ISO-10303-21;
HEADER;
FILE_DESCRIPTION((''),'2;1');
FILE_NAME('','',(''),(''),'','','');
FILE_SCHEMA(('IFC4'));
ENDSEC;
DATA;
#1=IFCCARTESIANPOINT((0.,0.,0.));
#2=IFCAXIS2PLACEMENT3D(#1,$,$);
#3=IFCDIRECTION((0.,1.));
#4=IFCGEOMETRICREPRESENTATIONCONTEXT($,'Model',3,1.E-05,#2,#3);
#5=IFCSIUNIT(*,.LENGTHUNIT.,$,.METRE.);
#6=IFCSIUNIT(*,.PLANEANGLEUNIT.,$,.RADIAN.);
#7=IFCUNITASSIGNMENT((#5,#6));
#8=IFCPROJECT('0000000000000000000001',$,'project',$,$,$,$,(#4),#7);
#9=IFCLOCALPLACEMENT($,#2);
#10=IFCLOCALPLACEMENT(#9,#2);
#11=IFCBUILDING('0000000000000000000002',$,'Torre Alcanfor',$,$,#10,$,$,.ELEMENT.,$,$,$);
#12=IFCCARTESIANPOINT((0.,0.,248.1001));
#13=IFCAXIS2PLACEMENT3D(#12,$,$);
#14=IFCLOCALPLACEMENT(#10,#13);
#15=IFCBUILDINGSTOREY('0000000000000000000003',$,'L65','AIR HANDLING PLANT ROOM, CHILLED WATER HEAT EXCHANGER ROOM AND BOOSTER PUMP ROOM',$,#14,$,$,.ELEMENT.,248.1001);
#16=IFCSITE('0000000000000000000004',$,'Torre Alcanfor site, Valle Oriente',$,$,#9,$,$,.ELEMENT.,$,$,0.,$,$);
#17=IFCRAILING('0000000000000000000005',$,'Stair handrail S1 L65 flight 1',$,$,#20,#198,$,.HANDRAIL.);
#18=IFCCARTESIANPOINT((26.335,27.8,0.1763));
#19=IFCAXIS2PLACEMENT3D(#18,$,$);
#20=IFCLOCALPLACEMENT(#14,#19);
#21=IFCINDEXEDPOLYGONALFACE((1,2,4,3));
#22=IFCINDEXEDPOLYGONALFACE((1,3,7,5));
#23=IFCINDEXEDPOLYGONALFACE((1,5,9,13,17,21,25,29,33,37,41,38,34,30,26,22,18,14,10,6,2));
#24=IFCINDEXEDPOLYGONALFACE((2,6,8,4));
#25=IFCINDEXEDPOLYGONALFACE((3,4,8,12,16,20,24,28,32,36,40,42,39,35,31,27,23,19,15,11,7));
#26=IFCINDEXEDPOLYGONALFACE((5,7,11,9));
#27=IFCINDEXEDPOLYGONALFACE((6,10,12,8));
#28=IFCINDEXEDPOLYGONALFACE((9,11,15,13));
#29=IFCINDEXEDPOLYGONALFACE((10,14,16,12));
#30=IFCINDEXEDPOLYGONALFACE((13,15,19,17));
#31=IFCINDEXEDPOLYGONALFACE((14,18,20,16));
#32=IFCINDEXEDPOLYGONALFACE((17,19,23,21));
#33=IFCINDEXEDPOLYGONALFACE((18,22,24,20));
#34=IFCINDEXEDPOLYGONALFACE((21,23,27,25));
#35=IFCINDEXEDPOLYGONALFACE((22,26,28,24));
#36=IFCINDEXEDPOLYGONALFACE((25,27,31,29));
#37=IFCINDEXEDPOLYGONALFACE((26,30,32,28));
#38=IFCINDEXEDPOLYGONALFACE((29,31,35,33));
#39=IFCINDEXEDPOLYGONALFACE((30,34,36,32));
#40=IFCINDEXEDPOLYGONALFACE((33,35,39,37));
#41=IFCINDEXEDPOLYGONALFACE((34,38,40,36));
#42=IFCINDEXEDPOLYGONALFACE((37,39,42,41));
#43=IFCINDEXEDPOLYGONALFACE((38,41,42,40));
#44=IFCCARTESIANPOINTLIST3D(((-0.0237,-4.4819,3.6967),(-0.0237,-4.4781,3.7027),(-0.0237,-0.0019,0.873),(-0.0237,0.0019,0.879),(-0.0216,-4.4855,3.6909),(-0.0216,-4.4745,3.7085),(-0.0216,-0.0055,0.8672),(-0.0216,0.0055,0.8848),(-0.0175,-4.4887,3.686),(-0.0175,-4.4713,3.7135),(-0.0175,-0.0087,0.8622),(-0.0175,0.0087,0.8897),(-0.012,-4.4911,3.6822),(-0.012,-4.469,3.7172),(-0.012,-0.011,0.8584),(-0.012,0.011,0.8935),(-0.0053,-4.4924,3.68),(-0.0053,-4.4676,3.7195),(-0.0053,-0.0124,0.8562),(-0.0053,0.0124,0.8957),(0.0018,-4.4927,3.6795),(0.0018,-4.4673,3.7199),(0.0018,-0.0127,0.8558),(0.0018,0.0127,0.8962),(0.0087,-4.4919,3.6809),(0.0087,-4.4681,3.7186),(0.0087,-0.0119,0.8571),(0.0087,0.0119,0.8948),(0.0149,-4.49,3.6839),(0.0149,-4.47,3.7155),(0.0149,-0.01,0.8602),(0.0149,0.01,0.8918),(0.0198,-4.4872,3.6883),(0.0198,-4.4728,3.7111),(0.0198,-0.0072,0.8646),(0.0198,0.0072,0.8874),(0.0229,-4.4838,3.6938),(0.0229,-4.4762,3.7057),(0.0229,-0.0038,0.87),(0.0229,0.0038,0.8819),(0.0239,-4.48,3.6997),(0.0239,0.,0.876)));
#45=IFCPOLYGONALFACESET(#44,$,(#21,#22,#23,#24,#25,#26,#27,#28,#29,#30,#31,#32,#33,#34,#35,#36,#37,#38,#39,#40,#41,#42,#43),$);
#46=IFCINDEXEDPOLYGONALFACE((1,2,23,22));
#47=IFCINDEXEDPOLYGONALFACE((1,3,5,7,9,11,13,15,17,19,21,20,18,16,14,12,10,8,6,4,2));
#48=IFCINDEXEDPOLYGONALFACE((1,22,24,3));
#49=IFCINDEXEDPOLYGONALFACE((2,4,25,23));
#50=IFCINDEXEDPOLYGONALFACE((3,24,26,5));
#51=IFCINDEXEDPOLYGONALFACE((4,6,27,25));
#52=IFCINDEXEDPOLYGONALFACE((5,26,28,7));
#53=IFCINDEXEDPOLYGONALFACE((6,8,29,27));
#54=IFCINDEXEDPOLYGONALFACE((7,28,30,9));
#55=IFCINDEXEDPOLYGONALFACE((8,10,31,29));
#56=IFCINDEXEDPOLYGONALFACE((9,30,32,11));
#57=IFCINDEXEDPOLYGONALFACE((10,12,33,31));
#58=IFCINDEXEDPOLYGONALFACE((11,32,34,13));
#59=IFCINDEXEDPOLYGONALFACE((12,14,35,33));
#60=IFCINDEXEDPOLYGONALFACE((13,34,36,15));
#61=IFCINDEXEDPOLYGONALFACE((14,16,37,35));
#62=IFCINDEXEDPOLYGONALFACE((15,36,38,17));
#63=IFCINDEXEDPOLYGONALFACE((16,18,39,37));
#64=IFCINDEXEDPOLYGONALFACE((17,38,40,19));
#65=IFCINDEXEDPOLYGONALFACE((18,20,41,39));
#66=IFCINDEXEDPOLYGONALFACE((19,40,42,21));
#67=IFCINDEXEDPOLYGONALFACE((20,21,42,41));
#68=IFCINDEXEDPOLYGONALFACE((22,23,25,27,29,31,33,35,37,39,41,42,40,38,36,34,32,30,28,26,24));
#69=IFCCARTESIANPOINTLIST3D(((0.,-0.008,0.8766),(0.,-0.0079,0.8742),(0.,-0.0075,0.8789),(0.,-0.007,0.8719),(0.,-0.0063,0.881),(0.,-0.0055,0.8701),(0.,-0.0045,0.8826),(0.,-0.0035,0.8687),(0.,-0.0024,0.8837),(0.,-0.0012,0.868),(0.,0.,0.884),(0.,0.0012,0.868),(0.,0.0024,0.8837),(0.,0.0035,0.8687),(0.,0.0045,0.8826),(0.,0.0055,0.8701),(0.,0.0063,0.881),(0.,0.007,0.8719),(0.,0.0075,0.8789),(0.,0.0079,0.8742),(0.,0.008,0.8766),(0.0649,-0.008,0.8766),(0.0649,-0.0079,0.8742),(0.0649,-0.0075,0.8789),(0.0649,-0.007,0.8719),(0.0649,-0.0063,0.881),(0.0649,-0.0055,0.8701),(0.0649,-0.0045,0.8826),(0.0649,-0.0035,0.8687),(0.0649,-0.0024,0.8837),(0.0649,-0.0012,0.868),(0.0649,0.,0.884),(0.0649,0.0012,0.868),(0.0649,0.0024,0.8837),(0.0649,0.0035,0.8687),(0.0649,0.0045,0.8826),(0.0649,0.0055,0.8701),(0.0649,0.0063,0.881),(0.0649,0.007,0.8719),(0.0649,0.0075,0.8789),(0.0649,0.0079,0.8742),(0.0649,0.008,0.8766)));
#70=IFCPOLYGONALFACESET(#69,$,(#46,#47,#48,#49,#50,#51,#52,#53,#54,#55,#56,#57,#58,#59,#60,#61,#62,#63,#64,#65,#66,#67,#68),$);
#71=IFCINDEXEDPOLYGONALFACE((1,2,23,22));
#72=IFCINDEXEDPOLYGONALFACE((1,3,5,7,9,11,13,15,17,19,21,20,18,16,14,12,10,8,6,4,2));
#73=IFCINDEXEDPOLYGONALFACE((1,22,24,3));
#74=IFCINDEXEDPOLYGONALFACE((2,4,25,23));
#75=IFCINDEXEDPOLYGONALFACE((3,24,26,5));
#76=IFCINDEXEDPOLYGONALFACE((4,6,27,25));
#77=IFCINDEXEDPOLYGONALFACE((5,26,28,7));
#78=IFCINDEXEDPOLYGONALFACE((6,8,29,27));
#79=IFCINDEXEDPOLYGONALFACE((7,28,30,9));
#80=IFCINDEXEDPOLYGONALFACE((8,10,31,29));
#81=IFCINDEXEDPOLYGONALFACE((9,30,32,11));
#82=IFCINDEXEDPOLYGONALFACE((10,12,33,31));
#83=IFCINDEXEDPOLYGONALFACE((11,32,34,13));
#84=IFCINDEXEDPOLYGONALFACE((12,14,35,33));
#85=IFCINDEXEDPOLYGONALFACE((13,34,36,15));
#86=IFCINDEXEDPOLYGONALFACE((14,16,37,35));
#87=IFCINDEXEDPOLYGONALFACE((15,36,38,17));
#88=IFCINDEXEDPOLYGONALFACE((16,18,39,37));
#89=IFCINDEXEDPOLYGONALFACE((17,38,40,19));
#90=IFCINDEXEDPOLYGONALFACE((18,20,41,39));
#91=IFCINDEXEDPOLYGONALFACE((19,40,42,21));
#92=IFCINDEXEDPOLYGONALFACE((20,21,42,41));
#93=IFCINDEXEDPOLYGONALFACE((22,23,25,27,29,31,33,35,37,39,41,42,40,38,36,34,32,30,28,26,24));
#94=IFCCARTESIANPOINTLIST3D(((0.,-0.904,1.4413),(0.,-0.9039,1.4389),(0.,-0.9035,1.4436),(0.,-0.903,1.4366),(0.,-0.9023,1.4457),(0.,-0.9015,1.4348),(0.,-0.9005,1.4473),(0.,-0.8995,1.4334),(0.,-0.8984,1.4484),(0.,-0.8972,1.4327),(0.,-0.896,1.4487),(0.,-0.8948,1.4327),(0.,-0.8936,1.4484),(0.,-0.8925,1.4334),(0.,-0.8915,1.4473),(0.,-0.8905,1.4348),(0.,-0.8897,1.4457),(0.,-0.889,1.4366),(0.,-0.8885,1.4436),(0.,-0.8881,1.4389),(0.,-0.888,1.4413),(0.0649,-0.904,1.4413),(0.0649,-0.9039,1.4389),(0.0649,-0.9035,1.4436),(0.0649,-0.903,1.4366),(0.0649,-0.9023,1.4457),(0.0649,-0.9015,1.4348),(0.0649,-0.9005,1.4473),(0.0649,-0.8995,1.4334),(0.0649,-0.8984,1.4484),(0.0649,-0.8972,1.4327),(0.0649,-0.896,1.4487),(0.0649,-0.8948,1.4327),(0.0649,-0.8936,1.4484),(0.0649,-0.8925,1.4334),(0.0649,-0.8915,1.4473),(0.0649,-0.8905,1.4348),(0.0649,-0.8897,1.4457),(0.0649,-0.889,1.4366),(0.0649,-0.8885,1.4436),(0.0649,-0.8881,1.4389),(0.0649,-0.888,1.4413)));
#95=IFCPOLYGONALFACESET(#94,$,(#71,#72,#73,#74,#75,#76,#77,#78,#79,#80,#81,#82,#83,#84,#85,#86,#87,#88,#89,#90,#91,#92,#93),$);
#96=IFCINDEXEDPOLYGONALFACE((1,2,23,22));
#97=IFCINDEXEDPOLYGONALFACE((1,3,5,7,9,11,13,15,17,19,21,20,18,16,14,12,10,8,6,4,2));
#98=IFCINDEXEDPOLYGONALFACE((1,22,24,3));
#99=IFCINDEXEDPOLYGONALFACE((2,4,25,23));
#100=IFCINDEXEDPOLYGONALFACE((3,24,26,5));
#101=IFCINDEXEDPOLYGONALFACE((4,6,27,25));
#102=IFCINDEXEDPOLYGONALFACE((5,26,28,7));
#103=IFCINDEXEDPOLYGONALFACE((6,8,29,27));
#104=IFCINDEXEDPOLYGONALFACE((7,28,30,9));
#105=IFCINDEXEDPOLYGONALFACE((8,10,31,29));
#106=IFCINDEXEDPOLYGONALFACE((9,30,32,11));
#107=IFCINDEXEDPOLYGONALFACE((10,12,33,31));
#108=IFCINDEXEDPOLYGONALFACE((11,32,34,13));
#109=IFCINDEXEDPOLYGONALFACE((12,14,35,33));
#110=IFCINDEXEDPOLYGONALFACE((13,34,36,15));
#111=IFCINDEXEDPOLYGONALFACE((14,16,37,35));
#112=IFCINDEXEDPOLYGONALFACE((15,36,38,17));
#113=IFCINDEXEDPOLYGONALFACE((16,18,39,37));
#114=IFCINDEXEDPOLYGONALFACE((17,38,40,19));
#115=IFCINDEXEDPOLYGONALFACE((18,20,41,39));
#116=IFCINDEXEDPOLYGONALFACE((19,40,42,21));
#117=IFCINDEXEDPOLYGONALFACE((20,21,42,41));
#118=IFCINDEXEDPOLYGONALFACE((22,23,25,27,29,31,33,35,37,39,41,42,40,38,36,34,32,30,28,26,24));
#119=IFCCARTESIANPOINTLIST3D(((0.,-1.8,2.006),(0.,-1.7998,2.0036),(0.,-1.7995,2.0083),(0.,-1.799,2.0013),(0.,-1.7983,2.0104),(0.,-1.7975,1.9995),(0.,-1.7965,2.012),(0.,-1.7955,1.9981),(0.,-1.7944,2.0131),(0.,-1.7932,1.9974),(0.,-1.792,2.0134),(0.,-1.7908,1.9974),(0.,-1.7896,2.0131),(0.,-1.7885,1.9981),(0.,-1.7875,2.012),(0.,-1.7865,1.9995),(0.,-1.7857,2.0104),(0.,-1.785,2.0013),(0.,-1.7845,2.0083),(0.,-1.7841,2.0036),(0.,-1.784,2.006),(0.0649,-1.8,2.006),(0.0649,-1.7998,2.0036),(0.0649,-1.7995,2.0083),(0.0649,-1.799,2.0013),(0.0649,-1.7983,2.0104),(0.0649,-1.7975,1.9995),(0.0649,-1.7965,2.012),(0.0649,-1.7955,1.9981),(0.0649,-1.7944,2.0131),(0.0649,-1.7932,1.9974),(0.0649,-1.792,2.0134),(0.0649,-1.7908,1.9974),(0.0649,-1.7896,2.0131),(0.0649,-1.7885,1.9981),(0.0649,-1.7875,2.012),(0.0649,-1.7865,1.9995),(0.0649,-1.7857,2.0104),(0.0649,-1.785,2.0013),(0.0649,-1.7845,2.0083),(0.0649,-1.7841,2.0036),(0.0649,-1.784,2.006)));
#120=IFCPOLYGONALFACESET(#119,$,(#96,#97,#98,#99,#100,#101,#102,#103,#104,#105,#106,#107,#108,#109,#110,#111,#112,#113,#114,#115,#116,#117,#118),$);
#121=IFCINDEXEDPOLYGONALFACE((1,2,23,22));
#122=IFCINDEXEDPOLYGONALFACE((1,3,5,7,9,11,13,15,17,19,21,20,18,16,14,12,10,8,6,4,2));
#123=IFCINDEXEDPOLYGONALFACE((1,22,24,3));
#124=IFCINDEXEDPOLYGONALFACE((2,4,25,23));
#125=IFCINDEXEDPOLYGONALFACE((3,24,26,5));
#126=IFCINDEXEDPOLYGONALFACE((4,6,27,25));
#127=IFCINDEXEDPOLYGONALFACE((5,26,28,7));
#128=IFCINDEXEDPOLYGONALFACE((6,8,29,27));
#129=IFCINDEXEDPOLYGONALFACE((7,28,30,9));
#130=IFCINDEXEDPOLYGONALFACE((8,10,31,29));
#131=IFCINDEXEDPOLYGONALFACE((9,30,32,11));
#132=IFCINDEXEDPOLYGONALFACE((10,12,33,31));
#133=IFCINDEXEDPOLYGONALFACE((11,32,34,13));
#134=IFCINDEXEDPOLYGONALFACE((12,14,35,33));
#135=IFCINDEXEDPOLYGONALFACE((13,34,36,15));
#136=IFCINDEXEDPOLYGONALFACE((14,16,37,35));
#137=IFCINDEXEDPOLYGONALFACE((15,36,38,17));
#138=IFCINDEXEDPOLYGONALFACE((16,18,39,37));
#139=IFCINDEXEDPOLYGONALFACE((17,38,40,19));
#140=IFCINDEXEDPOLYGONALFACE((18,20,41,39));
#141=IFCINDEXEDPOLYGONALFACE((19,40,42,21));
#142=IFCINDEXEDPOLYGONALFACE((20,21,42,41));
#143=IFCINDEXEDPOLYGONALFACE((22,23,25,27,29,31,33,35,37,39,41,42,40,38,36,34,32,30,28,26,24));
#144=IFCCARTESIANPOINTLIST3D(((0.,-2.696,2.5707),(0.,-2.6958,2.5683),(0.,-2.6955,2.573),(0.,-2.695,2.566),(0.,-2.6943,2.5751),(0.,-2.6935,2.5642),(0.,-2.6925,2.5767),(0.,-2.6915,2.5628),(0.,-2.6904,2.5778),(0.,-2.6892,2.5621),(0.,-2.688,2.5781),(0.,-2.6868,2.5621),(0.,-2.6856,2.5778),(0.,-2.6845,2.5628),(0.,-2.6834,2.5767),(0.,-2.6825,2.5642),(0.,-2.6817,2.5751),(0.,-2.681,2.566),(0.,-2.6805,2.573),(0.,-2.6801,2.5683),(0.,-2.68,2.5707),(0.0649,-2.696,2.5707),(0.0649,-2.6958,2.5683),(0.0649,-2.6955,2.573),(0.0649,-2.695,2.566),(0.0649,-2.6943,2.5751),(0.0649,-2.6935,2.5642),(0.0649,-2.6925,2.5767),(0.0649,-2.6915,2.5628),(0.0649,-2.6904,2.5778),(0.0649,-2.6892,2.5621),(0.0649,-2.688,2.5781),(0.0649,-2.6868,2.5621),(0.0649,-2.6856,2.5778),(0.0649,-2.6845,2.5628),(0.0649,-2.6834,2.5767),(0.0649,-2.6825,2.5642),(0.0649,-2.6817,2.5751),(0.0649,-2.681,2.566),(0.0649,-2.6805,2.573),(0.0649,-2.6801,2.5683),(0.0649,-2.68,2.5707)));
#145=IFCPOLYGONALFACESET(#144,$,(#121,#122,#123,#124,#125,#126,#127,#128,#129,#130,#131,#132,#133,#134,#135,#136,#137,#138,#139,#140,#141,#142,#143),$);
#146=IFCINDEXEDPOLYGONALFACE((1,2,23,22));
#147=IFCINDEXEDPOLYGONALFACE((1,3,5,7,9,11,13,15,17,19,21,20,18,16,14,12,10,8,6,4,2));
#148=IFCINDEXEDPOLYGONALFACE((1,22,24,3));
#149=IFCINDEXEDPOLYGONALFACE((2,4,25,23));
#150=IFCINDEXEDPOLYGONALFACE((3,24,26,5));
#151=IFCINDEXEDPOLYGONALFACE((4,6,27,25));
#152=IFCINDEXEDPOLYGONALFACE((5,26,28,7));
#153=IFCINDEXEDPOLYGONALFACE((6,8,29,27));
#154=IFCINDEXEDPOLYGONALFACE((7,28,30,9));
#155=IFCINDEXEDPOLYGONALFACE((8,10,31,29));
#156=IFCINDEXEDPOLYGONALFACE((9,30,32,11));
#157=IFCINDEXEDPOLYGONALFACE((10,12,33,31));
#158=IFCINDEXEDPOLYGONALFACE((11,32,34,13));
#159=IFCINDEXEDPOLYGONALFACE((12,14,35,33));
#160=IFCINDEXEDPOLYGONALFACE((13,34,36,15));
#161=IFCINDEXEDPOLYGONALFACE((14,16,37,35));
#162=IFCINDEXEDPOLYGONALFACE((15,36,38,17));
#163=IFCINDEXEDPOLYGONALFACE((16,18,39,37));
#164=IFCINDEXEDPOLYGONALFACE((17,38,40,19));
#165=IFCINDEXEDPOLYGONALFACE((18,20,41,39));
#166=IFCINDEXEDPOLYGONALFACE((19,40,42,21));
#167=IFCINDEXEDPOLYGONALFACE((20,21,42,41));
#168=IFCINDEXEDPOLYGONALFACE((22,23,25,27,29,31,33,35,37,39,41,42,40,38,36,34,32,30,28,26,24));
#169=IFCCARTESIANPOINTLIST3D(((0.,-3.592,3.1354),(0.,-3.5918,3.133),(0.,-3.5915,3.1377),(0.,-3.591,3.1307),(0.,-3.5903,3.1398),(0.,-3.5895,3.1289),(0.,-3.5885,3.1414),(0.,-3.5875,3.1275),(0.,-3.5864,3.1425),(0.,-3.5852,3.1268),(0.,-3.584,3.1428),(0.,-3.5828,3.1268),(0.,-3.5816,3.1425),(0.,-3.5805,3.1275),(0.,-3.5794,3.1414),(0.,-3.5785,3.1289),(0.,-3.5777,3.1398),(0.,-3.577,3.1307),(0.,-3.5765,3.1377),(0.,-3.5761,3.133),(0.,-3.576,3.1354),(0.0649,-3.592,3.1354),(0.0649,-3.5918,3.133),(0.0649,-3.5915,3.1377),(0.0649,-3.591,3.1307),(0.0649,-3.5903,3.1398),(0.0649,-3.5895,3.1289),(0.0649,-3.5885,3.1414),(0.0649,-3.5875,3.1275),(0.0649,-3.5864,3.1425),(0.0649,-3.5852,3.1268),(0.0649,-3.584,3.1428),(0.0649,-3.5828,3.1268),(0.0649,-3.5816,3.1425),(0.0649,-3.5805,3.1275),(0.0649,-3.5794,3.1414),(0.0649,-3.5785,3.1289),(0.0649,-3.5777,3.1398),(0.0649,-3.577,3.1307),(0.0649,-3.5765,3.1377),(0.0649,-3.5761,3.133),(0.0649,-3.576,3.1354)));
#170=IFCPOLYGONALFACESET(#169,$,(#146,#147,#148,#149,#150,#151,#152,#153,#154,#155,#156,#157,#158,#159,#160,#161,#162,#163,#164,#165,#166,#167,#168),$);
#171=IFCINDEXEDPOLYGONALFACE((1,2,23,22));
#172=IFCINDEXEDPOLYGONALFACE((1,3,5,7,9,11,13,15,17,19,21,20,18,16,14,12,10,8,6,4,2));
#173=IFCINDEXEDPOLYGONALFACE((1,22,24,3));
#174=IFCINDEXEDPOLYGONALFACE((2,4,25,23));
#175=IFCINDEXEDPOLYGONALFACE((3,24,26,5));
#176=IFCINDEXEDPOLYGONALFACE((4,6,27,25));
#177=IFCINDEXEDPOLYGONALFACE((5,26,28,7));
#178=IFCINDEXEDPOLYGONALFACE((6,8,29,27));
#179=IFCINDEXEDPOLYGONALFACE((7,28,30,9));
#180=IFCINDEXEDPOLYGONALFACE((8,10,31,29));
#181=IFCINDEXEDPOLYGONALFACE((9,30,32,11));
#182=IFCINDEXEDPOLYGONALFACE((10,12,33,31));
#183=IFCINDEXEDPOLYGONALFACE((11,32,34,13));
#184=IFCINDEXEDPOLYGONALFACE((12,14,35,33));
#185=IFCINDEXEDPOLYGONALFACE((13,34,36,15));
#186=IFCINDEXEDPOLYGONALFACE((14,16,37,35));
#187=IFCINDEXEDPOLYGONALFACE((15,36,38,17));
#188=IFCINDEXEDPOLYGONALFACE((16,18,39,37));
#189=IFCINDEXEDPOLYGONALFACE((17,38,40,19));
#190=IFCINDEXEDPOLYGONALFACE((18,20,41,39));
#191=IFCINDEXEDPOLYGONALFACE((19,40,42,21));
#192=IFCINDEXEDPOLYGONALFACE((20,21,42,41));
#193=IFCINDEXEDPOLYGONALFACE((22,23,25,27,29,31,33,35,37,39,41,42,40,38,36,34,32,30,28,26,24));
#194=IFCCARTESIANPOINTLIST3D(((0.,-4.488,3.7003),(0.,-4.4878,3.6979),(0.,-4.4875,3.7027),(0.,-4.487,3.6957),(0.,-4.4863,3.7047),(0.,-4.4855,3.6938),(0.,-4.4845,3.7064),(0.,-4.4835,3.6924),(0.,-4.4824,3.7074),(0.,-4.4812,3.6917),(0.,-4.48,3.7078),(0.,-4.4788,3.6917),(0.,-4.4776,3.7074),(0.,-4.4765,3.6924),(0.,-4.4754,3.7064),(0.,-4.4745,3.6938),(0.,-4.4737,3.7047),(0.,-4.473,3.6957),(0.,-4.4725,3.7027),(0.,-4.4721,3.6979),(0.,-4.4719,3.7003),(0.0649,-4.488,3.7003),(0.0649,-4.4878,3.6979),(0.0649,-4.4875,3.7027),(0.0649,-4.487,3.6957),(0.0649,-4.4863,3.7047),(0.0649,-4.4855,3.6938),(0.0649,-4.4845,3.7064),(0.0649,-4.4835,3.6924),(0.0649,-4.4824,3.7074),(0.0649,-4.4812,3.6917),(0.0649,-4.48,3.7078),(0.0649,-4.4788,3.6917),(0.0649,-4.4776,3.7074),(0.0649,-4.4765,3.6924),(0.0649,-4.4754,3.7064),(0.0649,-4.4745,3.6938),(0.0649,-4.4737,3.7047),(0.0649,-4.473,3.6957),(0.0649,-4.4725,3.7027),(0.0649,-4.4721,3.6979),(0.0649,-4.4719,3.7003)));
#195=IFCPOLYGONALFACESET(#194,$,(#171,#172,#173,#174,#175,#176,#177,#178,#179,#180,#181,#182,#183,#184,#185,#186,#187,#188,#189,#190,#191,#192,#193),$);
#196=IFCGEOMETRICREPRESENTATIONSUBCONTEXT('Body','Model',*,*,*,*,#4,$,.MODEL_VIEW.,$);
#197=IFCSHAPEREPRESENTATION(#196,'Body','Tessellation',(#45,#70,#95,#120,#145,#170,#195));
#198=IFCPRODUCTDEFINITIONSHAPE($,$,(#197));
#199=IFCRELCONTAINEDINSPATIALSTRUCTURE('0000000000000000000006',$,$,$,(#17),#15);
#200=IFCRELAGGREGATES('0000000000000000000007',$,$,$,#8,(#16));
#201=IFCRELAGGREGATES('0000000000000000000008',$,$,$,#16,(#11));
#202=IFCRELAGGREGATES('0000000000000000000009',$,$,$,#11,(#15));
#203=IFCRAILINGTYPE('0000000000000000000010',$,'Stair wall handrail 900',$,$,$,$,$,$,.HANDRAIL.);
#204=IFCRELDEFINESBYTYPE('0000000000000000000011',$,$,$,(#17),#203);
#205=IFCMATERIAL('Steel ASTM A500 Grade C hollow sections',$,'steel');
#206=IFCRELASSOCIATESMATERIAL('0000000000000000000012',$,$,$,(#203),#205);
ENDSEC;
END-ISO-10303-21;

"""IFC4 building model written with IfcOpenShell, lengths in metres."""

from ifc_helpers import new_model, si_unit, direction, frame, origin, origin_2d, place, context, subcontext, project, spatial, circle, extrude, material, type_object, element, save


model = new_model("IFC4")

# Units and contexts
model_context = context("Model", 3, precision=1e-05, world=origin(), true_north=direction((0.0, 1.0)))
body_context = subcontext(model_context, "Body", "Model", "MODEL_VIEW")
ifc_project = project(units=[si_unit("LENGTHUNIT", "METRE"), si_unit("PLANEANGLEUNIT", "RADIAN")], contexts=[model_context])

# Site, building, storey
site_placement = place(None, origin())
site = spatial("IfcSite", under=ifc_project, at=site_placement, Name="Torre Alcanfor site, Valle Oriente", CompositionType="ELEMENT", RefElevation=0.0)
building_placement = place(site_placement, origin())
building = spatial("IfcBuilding", under=site, at=building_placement, Name="Torre Alcanfor", CompositionType="ELEMENT")
storey_placement = place(building_placement, frame((0.0, 0.0, 248.1001)))
storey = spatial("IfcBuildingStorey", under=building, at=storey_placement, Name="L65", Description="AIR HANDLING PLANT ROOM, CHILLED WATER HEAT EXCHANGER ROOM AND BOOSTER PUMP ROOM", CompositionType="ELEMENT", Elevation=248.1001)

# Railing
ifc_material_1 = material(Name="Steel ASTM A500 Grade C hollow sections", Category="steel")
railing_type_1 = type_object("IfcRailingType", Name="Stair wall handrail 900", PredefinedType="HANDRAIL", material=ifc_material_1)
railing_1_placement = place(storey_placement, frame((26.335, 27.8, 0.1763)))
element("IfcRailing", 1, at=railing_1_placement, inside=storey, type_object=railing_type_1, Name="Stair handrail S1 L65 flight 1", PredefinedType="HANDRAIL", context=body_context, shape_type="SweptSolid", body=[
    extrude(circle(Radius=0.0239, at=origin_2d()), frame((0.0, 0.0, 0.876), z_axis=(0.0, -0.845977, 0.533219), x_axis=(1.0, 0.0, 0.0)), (0.0, 0.0, 1.0), 5.2957),
    extrude(circle(Radius=0.0081, at=origin_2d()), frame((0.0, 0.0, 0.876), z_axis=(1.0, 0.0, 0.0), x_axis=(0.0, 0.0, 1.0)), (0.0, 0.0, 1.0), 0.0649),
    extrude(circle(Radius=0.0081, at=origin_2d()), frame((0.0, -0.896, 1.4407), z_axis=(1.0, 0.0, 0.0), x_axis=(0.0, 0.0, 1.0)), (0.0, 0.0, 1.0), 0.0649),
    extrude(circle(Radius=0.0081, at=origin_2d()), frame((0.0, -1.792, 2.0054), z_axis=(1.0, 0.0, 0.0), x_axis=(0.0, 0.0, 1.0)), (0.0, 0.0, 1.0), 0.0649),
    extrude(circle(Radius=0.0081, at=origin_2d()), frame((0.0, -2.688, 2.5701), z_axis=(1.0, 0.0, 0.0), x_axis=(0.0, 0.0, 1.0)), (0.0, 0.0, 1.0), 0.0649),
    extrude(circle(Radius=0.0081, at=origin_2d()), frame((0.0, -3.584, 3.1348), z_axis=(1.0, 0.0, 0.0), x_axis=(0.0, 0.0, 1.0)), (0.0, 0.0, 1.0), 0.0649),
    extrude(circle(Radius=0.0081, at=origin_2d()), frame((0.0, -4.48, 3.6997), z_axis=(1.0, 0.0, 0.0), x_axis=(0.0, 0.0, 1.0)), (0.0, 0.0, 1.0), 0.0649),
])

save(model, "model.ifc")
